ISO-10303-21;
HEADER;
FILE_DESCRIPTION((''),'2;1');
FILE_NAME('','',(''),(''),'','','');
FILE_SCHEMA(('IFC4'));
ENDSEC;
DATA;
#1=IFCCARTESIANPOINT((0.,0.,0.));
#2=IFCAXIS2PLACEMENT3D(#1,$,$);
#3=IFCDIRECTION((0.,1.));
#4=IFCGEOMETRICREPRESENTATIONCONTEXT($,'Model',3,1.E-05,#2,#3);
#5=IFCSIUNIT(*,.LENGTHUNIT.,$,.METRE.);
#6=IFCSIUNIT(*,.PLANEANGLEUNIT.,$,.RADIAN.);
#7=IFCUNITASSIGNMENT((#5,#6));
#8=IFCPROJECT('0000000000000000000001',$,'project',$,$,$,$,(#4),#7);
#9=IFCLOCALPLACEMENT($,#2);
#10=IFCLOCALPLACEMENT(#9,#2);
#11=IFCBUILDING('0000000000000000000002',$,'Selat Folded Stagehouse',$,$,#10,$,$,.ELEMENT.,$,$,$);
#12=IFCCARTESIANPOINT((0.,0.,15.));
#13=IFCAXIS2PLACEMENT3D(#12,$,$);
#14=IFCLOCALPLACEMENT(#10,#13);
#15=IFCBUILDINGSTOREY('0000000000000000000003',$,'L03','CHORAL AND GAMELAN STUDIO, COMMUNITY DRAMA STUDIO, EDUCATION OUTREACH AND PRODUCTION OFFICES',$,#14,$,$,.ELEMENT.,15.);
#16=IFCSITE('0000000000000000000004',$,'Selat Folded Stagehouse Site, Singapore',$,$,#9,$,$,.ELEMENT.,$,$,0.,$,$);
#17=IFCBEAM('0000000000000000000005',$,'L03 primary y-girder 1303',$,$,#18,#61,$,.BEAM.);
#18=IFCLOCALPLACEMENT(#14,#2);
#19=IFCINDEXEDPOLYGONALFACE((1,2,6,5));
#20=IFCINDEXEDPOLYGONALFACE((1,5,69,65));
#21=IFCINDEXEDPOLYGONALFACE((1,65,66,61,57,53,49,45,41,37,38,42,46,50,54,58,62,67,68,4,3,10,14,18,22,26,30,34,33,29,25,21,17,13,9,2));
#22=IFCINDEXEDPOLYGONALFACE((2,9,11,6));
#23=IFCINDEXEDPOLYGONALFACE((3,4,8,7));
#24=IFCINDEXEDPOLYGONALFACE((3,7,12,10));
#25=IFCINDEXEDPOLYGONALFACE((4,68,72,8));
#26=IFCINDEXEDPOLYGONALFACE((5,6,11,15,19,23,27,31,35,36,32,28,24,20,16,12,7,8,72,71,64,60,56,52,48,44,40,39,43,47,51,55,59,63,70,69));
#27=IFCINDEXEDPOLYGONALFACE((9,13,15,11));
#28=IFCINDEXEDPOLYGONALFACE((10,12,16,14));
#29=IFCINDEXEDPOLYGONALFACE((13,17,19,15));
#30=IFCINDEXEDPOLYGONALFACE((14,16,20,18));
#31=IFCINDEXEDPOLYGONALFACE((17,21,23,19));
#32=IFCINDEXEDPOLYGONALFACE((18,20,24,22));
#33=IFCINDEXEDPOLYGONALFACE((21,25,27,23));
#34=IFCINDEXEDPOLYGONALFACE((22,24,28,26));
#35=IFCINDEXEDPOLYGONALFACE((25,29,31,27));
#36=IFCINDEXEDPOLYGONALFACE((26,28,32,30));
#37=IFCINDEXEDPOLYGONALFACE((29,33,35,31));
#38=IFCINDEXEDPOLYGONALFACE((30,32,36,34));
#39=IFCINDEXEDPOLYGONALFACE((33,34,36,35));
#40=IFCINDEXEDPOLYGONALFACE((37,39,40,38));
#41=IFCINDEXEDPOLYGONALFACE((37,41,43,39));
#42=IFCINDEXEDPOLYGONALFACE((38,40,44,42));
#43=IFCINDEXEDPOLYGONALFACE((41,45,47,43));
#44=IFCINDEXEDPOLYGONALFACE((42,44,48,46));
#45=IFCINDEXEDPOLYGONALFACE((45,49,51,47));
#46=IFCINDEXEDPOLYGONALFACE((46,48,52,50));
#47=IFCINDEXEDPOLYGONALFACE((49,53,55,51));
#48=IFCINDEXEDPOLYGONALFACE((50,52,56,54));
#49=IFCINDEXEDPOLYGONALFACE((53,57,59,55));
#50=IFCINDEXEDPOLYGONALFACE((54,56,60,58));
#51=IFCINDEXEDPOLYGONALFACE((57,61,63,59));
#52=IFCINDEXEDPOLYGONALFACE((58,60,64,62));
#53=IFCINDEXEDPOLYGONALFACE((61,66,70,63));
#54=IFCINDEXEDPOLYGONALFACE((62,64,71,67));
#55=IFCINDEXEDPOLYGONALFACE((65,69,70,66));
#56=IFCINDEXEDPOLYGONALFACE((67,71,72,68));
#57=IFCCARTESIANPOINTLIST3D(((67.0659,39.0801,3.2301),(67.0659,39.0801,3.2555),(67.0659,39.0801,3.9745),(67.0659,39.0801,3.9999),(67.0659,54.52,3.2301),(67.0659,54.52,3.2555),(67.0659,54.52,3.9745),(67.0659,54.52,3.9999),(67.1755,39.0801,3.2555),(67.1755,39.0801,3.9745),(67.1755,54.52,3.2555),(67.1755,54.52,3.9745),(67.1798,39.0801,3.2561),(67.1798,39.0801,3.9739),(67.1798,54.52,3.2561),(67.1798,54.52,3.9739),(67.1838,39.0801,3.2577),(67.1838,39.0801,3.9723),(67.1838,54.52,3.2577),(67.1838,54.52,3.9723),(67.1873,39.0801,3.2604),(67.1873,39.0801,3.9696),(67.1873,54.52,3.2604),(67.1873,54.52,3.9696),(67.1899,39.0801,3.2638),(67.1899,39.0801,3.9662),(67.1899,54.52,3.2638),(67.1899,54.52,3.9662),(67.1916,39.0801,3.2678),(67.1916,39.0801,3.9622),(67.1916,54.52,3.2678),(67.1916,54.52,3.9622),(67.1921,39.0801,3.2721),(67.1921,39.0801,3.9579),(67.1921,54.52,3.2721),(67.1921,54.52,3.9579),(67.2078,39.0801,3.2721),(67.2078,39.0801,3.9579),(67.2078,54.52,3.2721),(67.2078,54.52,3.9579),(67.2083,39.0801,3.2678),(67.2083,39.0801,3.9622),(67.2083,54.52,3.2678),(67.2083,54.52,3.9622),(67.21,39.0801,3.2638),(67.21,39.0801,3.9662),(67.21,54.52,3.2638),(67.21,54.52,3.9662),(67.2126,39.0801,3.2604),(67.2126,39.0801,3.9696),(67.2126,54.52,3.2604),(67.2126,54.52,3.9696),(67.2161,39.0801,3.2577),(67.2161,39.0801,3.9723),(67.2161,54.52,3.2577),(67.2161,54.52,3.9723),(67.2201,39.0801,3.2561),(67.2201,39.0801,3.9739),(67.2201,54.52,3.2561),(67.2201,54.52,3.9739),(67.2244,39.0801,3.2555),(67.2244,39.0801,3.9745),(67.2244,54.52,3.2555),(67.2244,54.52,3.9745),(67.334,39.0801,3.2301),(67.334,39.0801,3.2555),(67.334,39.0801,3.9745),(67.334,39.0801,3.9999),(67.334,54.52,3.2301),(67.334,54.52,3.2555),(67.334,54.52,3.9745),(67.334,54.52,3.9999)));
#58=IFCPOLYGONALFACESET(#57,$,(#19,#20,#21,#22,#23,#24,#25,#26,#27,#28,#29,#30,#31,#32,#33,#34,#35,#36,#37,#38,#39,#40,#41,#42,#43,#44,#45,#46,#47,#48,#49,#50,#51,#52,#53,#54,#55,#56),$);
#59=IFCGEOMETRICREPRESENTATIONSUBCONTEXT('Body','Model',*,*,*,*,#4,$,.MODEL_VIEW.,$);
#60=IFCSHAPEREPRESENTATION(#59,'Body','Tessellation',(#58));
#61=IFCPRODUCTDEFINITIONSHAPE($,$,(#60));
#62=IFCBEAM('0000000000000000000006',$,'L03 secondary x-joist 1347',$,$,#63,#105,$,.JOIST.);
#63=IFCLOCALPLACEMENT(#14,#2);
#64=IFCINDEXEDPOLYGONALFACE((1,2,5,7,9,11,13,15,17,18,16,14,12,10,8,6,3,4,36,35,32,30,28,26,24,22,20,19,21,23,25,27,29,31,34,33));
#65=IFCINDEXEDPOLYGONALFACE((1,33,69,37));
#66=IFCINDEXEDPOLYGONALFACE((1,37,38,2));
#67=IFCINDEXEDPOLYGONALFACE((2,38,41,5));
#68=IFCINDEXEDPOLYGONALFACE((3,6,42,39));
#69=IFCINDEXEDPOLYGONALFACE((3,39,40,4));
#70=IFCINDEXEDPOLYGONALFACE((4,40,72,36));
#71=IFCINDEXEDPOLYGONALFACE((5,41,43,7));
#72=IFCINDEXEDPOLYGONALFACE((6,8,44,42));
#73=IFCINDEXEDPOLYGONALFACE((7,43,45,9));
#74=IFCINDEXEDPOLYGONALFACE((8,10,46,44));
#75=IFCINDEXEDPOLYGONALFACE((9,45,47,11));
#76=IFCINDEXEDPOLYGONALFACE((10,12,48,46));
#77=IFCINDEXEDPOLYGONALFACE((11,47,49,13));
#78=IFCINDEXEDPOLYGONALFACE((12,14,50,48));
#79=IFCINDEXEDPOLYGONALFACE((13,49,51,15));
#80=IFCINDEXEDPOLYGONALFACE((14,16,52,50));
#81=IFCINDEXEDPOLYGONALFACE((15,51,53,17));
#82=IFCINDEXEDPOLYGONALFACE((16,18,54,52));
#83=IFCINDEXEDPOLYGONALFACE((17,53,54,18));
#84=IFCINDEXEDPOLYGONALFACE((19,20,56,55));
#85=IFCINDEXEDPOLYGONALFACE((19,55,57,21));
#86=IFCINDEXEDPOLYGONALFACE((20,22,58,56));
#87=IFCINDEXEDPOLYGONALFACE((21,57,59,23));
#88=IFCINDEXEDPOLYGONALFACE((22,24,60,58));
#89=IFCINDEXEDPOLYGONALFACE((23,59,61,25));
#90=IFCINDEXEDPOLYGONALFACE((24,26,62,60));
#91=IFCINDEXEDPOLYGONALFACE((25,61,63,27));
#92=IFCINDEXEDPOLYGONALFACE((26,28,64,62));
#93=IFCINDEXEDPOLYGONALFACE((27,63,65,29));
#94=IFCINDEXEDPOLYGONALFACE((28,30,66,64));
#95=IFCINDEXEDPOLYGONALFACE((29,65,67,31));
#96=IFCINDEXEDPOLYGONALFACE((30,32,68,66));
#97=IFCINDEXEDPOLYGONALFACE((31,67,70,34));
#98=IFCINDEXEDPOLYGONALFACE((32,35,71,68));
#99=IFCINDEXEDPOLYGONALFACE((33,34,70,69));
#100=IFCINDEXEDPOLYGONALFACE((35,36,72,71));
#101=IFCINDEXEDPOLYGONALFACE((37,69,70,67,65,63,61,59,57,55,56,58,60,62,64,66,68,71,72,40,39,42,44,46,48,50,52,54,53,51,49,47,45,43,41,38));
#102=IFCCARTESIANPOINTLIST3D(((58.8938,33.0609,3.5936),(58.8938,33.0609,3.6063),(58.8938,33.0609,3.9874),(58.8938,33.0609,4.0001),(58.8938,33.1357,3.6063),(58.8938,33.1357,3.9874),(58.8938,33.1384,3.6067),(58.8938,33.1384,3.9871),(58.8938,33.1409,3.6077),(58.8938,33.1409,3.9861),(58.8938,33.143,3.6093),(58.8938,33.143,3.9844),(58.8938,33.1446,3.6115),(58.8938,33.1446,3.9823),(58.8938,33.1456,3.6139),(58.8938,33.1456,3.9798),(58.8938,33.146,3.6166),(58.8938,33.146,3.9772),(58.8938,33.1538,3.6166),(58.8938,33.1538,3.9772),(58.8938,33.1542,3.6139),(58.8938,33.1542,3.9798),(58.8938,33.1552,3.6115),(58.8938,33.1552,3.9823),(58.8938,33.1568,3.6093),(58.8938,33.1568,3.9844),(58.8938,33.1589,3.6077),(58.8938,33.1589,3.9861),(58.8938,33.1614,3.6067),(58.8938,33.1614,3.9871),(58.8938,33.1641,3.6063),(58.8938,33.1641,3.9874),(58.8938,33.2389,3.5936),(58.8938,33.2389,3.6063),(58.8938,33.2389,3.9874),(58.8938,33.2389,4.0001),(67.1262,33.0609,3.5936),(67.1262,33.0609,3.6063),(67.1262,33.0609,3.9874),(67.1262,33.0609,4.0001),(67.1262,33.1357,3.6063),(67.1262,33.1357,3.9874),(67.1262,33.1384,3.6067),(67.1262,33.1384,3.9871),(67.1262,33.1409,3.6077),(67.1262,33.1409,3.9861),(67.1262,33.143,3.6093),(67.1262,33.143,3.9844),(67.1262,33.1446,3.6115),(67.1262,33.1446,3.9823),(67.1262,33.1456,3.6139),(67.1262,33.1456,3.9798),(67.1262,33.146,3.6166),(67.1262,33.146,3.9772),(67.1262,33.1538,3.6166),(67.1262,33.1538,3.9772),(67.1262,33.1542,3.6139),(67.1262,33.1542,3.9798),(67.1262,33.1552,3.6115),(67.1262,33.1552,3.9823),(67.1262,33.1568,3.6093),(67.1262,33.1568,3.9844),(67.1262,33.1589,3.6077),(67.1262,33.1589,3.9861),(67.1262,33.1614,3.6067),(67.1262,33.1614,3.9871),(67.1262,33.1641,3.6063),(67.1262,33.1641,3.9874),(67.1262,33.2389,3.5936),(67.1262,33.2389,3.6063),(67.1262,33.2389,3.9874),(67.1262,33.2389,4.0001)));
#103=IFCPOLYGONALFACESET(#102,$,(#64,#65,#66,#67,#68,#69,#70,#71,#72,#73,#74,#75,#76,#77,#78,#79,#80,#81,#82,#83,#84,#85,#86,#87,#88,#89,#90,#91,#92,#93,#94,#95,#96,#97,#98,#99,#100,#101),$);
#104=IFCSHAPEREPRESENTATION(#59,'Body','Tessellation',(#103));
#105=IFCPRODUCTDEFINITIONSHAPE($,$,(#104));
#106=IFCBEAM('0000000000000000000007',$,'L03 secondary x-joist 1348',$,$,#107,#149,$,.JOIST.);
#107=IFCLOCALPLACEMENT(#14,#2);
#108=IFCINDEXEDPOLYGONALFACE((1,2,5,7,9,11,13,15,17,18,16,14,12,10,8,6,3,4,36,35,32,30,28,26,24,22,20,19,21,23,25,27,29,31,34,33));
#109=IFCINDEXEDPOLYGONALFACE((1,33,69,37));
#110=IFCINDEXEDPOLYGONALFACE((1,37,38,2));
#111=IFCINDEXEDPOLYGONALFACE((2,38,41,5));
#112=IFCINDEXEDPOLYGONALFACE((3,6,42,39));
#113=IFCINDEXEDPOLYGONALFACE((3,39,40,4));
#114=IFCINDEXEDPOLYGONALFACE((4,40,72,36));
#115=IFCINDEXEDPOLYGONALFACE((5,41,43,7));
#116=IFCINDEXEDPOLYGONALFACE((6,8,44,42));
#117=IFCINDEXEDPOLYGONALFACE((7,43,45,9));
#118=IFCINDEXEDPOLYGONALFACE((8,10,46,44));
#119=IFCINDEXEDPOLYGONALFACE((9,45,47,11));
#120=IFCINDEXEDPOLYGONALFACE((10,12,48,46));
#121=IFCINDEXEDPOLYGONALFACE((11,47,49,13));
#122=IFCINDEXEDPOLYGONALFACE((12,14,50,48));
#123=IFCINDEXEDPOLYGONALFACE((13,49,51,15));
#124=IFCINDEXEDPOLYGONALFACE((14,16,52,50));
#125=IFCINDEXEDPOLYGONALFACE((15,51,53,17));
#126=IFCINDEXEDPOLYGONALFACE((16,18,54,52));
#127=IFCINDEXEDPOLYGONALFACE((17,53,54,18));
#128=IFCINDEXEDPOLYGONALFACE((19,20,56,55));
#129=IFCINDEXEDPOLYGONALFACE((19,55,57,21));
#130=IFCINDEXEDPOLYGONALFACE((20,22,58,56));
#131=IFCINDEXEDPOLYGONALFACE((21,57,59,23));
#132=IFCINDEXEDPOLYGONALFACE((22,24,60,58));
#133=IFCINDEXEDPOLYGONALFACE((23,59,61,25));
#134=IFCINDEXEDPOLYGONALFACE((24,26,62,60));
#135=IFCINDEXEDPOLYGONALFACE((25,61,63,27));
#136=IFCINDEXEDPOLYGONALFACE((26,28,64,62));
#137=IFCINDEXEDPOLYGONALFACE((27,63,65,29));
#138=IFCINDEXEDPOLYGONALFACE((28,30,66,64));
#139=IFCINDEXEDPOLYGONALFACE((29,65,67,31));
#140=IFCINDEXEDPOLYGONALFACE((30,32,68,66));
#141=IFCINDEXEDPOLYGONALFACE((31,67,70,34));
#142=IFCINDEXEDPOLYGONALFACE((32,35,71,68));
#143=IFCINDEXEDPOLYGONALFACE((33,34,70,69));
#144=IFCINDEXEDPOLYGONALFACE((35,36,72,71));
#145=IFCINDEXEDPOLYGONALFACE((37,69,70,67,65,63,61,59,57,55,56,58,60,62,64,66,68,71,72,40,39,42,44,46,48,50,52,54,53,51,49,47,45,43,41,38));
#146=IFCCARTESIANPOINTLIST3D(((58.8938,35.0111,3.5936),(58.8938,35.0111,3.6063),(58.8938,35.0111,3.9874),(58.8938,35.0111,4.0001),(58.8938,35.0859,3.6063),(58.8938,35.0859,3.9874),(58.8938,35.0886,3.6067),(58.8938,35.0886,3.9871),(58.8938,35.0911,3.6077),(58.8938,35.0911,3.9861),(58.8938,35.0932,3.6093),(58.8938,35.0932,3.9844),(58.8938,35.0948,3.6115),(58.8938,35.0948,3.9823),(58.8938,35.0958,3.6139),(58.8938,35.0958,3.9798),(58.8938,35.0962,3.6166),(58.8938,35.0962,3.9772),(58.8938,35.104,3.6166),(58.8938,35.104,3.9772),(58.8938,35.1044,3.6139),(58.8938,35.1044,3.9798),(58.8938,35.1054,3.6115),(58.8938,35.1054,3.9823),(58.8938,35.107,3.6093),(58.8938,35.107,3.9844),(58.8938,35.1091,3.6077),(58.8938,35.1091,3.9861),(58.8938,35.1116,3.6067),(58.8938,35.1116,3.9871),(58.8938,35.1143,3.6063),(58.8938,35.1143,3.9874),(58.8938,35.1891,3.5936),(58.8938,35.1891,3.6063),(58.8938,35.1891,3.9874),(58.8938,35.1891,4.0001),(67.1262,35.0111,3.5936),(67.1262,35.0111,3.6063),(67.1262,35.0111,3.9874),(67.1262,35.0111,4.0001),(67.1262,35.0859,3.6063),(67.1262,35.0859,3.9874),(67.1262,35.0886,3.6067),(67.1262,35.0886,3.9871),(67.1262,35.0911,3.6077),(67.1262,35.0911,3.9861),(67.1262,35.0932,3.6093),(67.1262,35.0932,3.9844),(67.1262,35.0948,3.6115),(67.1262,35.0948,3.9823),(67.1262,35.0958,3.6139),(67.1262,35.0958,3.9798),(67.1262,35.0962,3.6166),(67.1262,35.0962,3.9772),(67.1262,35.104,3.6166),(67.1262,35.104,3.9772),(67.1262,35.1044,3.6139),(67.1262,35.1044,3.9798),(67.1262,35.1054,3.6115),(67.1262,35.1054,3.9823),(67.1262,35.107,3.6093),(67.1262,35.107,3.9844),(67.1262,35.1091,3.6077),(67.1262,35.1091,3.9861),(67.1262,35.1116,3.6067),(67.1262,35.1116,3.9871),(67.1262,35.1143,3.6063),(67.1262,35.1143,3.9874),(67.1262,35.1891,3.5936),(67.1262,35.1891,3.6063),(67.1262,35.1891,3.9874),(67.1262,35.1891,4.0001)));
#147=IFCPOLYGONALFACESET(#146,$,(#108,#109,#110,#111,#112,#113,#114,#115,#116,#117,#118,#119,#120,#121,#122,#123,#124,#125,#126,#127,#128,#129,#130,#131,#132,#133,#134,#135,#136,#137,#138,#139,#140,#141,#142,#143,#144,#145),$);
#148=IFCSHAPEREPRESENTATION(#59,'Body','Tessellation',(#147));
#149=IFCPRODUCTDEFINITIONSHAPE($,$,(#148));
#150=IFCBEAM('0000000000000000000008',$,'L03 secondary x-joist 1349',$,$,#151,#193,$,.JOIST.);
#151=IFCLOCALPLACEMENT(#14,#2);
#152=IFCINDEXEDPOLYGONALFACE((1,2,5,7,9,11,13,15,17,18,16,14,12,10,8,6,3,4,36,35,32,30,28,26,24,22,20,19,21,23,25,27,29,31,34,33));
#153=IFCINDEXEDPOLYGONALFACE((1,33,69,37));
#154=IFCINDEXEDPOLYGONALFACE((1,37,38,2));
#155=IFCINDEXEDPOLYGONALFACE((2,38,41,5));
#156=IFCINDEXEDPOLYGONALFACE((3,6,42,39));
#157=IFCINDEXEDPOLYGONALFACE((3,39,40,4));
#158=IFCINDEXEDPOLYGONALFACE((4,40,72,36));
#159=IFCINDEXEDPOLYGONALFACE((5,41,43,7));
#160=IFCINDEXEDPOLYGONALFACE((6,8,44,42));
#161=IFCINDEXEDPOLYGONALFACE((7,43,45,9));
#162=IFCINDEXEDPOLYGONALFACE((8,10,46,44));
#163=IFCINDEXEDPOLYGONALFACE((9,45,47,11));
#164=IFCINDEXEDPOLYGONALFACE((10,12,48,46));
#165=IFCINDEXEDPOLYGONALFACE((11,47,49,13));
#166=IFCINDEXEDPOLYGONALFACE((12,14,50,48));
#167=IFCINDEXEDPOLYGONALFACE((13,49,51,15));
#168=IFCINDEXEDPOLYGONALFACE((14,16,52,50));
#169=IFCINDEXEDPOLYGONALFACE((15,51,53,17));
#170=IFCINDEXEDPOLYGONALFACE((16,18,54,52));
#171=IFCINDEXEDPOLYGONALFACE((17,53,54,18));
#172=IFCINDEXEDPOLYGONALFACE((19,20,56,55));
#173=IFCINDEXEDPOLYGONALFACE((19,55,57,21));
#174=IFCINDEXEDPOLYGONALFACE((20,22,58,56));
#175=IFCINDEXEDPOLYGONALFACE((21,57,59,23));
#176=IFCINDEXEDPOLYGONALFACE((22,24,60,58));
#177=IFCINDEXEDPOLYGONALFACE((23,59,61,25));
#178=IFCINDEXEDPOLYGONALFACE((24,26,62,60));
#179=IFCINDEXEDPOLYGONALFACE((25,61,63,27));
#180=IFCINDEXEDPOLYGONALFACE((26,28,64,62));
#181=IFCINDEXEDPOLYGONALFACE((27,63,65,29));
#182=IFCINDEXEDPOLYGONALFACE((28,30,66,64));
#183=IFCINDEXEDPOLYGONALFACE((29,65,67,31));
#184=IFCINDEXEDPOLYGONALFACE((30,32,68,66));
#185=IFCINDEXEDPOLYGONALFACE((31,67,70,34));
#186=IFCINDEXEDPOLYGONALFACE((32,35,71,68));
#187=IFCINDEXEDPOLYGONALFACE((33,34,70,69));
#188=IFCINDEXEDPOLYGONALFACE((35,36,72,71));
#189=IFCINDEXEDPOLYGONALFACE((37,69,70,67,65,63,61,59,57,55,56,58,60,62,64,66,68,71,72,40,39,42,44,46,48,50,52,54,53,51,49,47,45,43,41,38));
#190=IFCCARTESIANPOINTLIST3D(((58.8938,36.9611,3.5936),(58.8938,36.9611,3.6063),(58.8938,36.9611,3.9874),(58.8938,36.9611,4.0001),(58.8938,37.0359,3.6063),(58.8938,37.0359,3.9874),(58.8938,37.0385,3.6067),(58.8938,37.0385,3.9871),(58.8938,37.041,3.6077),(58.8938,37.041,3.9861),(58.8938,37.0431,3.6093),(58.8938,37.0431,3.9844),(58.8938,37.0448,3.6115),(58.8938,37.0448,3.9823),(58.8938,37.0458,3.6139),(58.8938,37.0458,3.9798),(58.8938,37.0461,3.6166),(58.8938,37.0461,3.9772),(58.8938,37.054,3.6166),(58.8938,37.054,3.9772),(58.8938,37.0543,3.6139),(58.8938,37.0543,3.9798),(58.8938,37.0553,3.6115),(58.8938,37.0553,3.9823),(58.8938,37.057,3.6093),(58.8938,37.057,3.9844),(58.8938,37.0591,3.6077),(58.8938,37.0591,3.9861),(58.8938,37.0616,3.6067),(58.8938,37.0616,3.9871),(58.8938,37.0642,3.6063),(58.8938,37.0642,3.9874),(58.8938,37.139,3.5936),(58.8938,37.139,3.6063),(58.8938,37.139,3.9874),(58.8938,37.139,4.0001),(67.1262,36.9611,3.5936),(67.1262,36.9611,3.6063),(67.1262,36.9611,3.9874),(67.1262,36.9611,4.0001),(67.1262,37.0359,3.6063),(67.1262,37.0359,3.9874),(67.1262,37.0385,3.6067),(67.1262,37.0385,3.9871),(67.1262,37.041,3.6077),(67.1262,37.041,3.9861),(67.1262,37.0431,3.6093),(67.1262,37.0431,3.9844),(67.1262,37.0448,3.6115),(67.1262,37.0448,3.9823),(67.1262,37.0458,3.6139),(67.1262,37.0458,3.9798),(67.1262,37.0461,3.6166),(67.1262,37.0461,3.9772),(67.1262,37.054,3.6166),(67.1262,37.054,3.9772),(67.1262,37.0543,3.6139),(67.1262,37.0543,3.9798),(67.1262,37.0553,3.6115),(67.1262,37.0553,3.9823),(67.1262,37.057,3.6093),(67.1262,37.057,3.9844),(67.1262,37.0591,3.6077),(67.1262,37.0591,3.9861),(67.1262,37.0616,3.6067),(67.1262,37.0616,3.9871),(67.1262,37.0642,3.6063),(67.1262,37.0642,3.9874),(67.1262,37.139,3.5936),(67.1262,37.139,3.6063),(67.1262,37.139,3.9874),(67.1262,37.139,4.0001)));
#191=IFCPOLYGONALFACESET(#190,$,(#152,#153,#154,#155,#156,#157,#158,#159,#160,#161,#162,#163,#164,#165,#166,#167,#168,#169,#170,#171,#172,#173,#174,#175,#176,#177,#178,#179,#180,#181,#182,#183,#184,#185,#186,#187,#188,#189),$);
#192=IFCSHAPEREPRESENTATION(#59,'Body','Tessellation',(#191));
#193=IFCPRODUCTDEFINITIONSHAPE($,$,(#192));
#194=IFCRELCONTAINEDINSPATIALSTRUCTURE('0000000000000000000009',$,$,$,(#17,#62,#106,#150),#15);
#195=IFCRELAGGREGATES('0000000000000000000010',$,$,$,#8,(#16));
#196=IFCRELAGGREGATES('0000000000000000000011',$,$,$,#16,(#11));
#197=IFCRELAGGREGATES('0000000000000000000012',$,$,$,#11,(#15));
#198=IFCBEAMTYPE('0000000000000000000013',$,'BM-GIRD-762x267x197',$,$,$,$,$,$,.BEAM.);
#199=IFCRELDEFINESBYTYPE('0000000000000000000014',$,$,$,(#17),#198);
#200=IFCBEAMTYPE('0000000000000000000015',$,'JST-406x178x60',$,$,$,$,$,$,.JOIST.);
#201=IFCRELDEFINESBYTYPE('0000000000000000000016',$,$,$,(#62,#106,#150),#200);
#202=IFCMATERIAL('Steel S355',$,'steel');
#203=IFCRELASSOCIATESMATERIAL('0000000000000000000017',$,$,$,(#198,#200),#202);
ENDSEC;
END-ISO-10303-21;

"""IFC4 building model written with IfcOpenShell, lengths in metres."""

from ifc_helpers import new_model, si_unit, direction, frame, origin, origin_2d, place, context, subcontext, project, spatial, i_section, extrude, material, material_profile, profile_set, type_object, element, save


model = new_model("IFC4")

# Units and contexts
model_context = context("Model", 3, precision=1e-05, world=origin(), true_north=direction((0.0, 1.0)))
body_context = subcontext(model_context, "Body", "Model", "MODEL_VIEW")
ifc_project = project(units=[si_unit("LENGTHUNIT", "METRE"), si_unit("PLANEANGLEUNIT", "RADIAN")], contexts=[model_context])

# Site, building, storey
site_placement = place(None, origin())
site = spatial("IfcSite", under=ifc_project, at=site_placement, Name="Selat Folded Stagehouse Site, Singapore", CompositionType="ELEMENT", RefElevation=0.0)
building_placement = place(site_placement, origin())
building = spatial("IfcBuilding", under=site, at=building_placement, Name="Selat Folded Stagehouse", CompositionType="ELEMENT")
storey_placement = place(building_placement, frame((0.0, 0.0, 15.0)))
storey = spatial("IfcBuildingStorey", under=building, at=storey_placement, Name="L03", Description="CHORAL AND GAMELAN STUDIO, COMMUNITY DRAMA STUDIO, EDUCATION OUTREACH AND PRODUCTION OFFICES", CompositionType="ELEMENT", Elevation=15.0)

# Shared definitions
ifc_material_1 = material(Name="Steel S355", Category="steel")

# Beams
ifc_material_profile_1 = material_profile(ifc_material_1, i_section(OverallWidth=0.2681, OverallDepth=0.7698, WebThickness=0.0156, FlangeThickness=0.0254, FilletRadius=0.0166, at=origin_2d()), Name="UKB 762x267x197")
ifc_profile_set_1 = profile_set([ifc_material_profile_1], Name="Steel S355")
beam_type_1 = type_object("IfcBeamType", Name="BM-GIRD-762x267x197", PredefinedType="BEAM", material=ifc_profile_set_1)
beam_1_placement = place(storey_placement, frame((67.2, 39.0801, 3.615), z_axis=(0.0, 1.0, 0.0), x_axis=(-1.0, 0.0, 0.0)))
element("IfcBeam", 1, at=beam_1_placement, inside=storey, type_object=beam_type_1, Name="L03 primary y-girder 1303", PredefinedType="BEAM", context=body_context, shape_type="SweptSolid", body=[
    extrude(i_section(OverallWidth=0.2681, OverallDepth=0.7698, WebThickness=0.0156, FlangeThickness=0.0254, FilletRadius=0.0166, at=origin_2d()), origin(), (0.0, 0.0, 1.0), 15.4399),
])
ifc_material_profile_2 = material_profile(ifc_material_1, i_section(OverallWidth=0.178, OverallDepth=0.4065, WebThickness=0.0078, FlangeThickness=0.0127, FilletRadius=0.0103, at=origin_2d()), Name="UKB 406x178x60")
ifc_profile_set_2 = profile_set([ifc_material_profile_2], Name="Steel S355")
beam_type_2 = type_object("IfcBeamType", Name="JST-406x178x60", PredefinedType="JOIST", material=ifc_profile_set_2)
for number, where, z_axis, x_axis, name in (
    (2, (58.8938, 33.1499, 3.7969), (1.0, 0.0, 0.0), (0.0, 1.0, 0.0), "L03 secondary x-joist 1347"),
    (3, (58.8938, 35.1001, 3.7969), (1.0, 0.0, 0.0), (0.0, 1.0, 0.0), "L03 secondary x-joist 1348"),
    (4, (58.8938, 37.05, 3.7969), (1.0, 0.0, 0.0), (0.0, 1.0, 0.0), "L03 secondary x-joist 1349"),
):
    element("IfcBeam", number, at=place(storey_placement, frame(where, z_axis=z_axis, x_axis=x_axis)), inside=storey, type_object=beam_type_2, Name=name, PredefinedType="JOIST", context=body_context, shape_type="SweptSolid", body=[
        extrude(i_section(OverallWidth=0.178, OverallDepth=0.4065, WebThickness=0.0078, FlangeThickness=0.0127, FilletRadius=0.0103, at=origin_2d()), origin(), (0.0, 0.0, 1.0), 8.2324),
    ])

save(model, "model.ifc")
